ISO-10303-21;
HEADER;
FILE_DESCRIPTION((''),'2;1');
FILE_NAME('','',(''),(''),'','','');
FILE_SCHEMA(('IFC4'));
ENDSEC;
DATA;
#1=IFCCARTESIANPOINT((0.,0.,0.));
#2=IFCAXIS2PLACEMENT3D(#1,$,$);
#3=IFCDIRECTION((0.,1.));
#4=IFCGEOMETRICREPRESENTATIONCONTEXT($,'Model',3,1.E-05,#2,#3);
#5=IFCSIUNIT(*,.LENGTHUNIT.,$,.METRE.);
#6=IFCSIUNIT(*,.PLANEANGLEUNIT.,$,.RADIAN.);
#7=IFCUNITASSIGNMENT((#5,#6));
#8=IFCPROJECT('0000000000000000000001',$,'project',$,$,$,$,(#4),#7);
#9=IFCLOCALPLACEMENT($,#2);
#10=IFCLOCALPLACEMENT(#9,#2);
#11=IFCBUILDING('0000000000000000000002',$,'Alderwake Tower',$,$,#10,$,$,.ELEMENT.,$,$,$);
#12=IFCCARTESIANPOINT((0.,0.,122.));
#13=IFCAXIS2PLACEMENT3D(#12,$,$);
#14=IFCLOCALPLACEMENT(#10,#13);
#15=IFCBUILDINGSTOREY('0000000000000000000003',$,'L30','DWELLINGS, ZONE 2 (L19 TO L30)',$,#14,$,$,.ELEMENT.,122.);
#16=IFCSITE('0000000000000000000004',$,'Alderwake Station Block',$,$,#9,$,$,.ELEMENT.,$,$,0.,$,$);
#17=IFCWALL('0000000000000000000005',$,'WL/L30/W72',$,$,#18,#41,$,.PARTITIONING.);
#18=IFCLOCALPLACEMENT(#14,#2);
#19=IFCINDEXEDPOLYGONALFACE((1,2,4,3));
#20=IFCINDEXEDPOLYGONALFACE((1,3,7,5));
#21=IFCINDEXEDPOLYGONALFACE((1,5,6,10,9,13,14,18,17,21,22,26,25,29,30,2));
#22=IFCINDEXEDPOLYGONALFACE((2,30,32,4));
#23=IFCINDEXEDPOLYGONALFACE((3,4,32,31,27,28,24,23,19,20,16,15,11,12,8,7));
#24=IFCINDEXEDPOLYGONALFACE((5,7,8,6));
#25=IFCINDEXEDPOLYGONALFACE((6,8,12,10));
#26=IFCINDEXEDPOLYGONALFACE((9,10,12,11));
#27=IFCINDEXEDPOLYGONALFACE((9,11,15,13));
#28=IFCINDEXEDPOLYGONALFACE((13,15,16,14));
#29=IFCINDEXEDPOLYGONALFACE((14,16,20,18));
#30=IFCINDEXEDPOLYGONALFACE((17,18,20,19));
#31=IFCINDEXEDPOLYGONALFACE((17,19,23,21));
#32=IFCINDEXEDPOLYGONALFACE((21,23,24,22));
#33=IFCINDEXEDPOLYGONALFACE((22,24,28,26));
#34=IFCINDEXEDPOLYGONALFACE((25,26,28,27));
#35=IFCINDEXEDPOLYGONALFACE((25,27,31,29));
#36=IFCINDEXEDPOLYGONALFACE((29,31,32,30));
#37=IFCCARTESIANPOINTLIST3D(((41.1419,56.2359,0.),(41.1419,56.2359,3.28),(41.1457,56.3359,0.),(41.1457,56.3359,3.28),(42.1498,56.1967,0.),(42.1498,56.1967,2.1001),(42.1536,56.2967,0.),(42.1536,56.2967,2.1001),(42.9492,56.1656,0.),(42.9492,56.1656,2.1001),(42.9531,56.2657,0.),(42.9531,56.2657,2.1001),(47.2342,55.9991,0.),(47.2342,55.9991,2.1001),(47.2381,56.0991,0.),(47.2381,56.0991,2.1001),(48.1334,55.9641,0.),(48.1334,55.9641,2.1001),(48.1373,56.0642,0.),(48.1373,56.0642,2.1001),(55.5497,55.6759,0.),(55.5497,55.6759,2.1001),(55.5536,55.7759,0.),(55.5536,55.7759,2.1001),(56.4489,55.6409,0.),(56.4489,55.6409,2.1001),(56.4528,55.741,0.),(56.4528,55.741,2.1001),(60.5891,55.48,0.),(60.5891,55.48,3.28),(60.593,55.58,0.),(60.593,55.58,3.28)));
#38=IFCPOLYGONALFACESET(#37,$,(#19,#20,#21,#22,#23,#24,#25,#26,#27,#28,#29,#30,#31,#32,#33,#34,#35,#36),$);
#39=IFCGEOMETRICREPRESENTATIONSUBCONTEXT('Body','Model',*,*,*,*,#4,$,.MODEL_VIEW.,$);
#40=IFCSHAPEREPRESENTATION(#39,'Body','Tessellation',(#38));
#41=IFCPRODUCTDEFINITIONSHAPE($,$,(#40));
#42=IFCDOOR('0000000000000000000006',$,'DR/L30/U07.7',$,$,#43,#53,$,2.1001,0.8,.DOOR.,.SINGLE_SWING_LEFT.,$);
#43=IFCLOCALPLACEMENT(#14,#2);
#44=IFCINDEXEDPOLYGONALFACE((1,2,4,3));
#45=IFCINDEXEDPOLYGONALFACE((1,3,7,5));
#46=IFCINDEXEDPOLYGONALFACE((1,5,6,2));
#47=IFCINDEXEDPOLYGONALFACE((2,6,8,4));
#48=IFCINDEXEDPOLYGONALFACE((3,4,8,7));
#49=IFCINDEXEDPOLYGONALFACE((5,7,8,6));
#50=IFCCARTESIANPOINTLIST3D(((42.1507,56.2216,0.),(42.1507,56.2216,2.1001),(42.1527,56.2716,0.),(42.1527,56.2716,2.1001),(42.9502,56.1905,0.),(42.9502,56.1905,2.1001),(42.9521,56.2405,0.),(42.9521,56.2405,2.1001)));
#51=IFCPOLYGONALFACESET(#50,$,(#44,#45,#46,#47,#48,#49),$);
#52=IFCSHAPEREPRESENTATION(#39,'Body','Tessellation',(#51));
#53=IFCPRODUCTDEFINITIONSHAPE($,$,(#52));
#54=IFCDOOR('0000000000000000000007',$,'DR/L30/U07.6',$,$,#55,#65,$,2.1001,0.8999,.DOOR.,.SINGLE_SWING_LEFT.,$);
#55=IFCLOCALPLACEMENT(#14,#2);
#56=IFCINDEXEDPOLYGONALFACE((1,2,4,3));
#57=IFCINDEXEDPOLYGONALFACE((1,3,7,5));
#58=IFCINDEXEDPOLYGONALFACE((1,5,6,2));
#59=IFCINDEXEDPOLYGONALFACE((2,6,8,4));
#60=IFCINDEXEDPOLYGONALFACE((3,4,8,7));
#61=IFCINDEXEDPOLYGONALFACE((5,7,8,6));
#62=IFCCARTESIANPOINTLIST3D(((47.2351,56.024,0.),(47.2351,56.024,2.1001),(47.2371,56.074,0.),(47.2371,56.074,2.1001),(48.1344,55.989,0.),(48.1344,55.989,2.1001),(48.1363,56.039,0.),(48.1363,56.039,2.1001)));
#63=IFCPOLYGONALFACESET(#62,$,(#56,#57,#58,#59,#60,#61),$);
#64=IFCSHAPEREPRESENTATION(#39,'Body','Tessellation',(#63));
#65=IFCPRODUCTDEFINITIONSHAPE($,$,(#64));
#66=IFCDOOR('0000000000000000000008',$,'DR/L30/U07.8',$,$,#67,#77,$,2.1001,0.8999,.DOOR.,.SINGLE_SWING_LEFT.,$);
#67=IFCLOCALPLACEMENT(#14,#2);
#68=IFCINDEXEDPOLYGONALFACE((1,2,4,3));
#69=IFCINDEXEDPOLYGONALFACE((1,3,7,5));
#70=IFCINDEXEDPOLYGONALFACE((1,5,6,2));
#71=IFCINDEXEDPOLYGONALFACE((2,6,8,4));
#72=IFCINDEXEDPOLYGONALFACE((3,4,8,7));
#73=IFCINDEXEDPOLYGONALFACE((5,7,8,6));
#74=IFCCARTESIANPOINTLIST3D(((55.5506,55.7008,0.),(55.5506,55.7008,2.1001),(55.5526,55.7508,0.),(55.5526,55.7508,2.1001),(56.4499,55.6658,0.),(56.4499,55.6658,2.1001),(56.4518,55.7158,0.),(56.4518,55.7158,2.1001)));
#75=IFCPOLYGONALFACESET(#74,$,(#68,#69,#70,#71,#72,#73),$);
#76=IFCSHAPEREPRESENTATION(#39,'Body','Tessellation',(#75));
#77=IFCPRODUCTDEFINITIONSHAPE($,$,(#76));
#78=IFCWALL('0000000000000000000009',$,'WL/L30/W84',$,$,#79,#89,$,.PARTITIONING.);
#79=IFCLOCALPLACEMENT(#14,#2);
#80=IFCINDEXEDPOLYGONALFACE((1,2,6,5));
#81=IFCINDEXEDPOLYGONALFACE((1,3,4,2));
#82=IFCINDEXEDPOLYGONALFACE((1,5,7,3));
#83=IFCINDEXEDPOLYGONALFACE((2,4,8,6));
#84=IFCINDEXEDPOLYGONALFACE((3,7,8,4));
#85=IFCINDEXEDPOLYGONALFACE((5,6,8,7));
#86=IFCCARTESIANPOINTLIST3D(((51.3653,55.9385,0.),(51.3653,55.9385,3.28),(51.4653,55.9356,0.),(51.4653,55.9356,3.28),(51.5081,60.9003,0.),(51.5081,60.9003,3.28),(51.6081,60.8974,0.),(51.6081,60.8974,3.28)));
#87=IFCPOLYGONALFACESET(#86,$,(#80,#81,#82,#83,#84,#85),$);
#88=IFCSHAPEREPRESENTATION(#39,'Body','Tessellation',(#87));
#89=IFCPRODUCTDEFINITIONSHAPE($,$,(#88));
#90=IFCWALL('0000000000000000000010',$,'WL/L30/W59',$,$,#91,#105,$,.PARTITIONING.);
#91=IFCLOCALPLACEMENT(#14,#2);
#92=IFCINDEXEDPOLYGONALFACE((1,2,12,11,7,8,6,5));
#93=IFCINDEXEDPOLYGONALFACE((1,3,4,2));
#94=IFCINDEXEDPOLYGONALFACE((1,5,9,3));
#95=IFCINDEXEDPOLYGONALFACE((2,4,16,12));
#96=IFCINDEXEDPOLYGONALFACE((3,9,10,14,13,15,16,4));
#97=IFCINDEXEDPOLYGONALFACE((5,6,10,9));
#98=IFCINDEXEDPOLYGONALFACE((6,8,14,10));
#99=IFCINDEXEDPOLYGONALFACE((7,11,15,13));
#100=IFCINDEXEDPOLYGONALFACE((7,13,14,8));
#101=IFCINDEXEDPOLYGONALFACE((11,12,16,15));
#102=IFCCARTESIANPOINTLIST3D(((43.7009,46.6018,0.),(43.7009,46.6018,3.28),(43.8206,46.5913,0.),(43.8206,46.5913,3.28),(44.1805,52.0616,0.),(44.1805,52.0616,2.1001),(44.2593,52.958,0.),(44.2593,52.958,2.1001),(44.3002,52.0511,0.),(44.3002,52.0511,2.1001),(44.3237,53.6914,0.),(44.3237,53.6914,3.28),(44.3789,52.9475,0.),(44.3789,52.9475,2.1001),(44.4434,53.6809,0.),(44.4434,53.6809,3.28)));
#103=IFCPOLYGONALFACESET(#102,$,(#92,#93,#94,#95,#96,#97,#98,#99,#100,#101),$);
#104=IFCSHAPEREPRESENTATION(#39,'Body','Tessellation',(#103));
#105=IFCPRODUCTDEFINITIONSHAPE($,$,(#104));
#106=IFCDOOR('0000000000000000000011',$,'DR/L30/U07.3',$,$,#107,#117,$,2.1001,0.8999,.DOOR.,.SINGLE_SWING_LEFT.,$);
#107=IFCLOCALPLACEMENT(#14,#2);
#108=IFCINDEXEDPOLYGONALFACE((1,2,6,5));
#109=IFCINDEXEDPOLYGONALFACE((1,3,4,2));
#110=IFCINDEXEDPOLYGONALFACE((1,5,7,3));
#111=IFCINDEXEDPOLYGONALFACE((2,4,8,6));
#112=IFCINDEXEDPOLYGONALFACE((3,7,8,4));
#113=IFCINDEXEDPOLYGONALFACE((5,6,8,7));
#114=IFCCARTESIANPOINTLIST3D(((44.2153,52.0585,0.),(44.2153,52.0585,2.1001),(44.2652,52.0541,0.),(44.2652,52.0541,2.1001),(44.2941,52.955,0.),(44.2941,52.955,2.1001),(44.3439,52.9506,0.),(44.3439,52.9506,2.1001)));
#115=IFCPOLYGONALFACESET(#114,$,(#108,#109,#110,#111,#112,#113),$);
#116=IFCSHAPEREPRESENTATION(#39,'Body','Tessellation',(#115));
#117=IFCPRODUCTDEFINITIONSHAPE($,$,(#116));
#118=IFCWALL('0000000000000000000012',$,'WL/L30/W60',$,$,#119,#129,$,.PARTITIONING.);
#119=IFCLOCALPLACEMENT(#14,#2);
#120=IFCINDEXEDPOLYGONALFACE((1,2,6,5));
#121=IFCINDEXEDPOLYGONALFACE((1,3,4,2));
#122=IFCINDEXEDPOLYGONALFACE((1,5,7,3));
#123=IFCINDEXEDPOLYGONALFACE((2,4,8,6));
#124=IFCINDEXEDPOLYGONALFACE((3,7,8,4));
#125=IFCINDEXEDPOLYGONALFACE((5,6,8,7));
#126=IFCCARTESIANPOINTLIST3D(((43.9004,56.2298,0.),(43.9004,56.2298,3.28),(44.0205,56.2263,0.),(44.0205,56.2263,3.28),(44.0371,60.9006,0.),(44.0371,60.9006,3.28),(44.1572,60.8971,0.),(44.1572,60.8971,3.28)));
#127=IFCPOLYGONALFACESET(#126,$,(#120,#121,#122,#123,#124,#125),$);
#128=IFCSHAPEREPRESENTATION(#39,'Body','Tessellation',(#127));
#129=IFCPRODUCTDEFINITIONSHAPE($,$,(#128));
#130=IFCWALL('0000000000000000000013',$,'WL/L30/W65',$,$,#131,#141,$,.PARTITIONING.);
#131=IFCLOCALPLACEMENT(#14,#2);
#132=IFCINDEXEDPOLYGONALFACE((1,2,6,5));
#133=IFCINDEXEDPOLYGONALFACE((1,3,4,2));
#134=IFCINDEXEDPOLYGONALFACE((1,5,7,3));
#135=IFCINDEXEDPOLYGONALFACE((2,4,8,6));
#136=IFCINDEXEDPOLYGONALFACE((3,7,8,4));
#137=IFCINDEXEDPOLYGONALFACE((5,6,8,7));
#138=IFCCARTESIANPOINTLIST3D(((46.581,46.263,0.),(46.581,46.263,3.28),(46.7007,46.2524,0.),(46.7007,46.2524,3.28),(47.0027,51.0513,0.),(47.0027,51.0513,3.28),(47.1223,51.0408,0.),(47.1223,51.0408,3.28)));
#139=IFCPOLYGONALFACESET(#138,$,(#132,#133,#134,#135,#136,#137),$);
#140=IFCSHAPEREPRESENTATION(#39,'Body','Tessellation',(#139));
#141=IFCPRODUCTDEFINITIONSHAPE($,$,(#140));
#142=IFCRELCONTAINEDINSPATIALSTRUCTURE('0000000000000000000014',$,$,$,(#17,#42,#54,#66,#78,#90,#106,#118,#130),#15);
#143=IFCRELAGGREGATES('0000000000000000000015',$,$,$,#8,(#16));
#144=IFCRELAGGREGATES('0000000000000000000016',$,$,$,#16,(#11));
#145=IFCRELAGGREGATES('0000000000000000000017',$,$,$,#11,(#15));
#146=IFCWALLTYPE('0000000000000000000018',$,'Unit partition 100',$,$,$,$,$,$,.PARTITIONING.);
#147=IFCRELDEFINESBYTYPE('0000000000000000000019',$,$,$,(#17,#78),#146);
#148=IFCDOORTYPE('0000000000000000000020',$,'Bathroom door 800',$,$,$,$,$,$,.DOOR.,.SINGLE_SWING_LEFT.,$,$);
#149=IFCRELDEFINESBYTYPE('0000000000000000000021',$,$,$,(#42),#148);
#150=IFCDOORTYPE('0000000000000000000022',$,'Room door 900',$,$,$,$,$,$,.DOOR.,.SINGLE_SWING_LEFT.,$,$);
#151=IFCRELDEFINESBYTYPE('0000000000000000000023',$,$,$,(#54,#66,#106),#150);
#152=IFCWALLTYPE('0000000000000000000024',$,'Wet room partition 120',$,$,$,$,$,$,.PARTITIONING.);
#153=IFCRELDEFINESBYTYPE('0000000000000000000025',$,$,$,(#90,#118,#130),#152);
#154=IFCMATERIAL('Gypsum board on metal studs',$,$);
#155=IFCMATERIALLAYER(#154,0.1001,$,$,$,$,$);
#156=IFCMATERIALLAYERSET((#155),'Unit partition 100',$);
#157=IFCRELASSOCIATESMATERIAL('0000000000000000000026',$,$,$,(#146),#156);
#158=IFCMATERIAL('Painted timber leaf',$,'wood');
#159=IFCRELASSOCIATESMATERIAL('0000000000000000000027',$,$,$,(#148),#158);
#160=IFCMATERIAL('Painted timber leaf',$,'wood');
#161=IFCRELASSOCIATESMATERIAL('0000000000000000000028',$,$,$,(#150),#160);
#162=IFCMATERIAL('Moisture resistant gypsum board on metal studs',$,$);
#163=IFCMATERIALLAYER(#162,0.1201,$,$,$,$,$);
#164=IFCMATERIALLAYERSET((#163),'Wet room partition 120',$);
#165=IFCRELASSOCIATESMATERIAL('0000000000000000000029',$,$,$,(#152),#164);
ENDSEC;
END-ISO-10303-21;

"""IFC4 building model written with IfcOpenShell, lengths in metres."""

from ifc_helpers import new_model, si_unit, direction, frame, frame_2d, origin, place, context, subcontext, project, spatial, rectangle, extrude, material, layer, layer_set, type_object, element, fill, save


model = new_model("IFC4")

# Units and contexts
model_context = context("Model", 3, precision=1e-05, world=origin(), true_north=direction((0.0, 1.0)))
body_context = subcontext(model_context, "Body", "Model", "MODEL_VIEW")
ifc_project = project(units=[si_unit("LENGTHUNIT", "METRE"), si_unit("PLANEANGLEUNIT", "RADIAN")], contexts=[model_context])

# Site, building, storey
site_placement = place(None, origin())
site = spatial("IfcSite", under=ifc_project, at=site_placement, Name="Alderwake Station Block", CompositionType="ELEMENT", RefElevation=0.0)
building_placement = place(site_placement, origin())
building = spatial("IfcBuilding", under=site, at=building_placement, Name="Alderwake Tower", CompositionType="ELEMENT")
storey_placement = place(building_placement, frame((0.0, 0.0, 122.0)))
storey = spatial("IfcBuildingStorey", under=building, at=storey_placement, Name="L30", Description="DWELLINGS, ZONE 2 (L19 TO L30)", CompositionType="ELEMENT", Elevation=122.0)

# Shared definitions
ifc_material_1 = material(Name="Gypsum board on metal studs")
ifc_layer_1 = layer(ifc_material_1, 0.1001)
ifc_layer_set_1 = layer_set([ifc_layer_1], Name="Unit partition 100")
wall_type_1 = type_object("IfcWallType", Name="Unit partition 100", PredefinedType="PARTITIONING", material=ifc_layer_set_1)

# Wall, openings, doors
wall_1_placement = place(storey_placement, frame((41.1438, 56.2859, 0.0), z_axis=(0.0, 0.0, 1.0), x_axis=(0.999246, -0.038838, 0.0)))
wall_1 = element("IfcWall", 1, at=wall_1_placement, inside=storey, type_object=wall_type_1, Name="WL/L30/W72", PredefinedType="PARTITIONING", context=body_context, shape_type="SweptSolid", body=[
    extrude(rectangle(XDim=19.4619, YDim=0.1001, at=frame_2d((9.731, 0.0))), origin(), (0.0, 0.0, 1.0), 3.28),
])
opening_1_placement = place(wall_1_placement, frame((6.0969, 0.0, 0.0)))
opening_1 = element("IfcOpeningElement", 2, at=opening_1_placement, cuts=wall_1, PredefinedType="OPENING", context=body_context, shape_type="SweptSolid", body=[
    extrude(rectangle(XDim=0.8999, YDim=2.1001, at=frame_2d((0.45, 1.05))), frame((0.0, 0.0601, 0.0), z_axis=(0.0, -1.0, 0.0), x_axis=(1.0, 0.0, 0.0)), (0.0, 0.0, 1.0), 0.1201),
])
opening_2_placement = place(wall_1_placement, frame((1.0088, 0.0, 0.0)))
opening_2 = element("IfcOpeningElement", 3, at=opening_2_placement, cuts=wall_1, PredefinedType="OPENING", context=body_context, shape_type="SweptSolid", body=[
    extrude(rectangle(XDim=0.8, YDim=2.1001, at=frame_2d((0.3999, 1.05))), frame((0.0, 0.0601, 0.0), z_axis=(0.0, -1.0, 0.0), x_axis=(1.0, 0.0, 0.0)), (0.0, 0.0, 1.0), 0.1201),
])
opening_3_placement = place(wall_1_placement, frame((14.4187, 0.0, 0.0)))
opening_3 = element("IfcOpeningElement", 4, at=opening_3_placement, cuts=wall_1, PredefinedType="OPENING", context=body_context, shape_type="SweptSolid", body=[
    extrude(rectangle(XDim=0.8999, YDim=2.1001, at=frame_2d((0.45, 1.05))), frame((0.0, 0.0601, 0.0), z_axis=(0.0, -1.0, 0.0), x_axis=(1.0, 0.0, 0.0)), (0.0, 0.0, 1.0), 0.1201),
])
ifc_material_2 = material(Name="Painted timber leaf", Category="wood")
door_type_1 = type_object("IfcDoorType", Name="Bathroom door 800", OperationType="SINGLE_SWING_LEFT", PredefinedType="DOOR", material=ifc_material_2)
door_1_placement = place(opening_2_placement, origin())
door_1 = element("IfcDoor", 5, at=door_1_placement, inside=storey, type_object=door_type_1, Name="DR/L30/U07.7", OperationType="SINGLE_SWING_LEFT", OverallHeight=2.1001, OverallWidth=0.8, PredefinedType="DOOR", context=body_context, shape_type="SweptSolid", body=[
    extrude(rectangle(XDim=0.8, YDim=2.1001, at=frame_2d((0.3999, 1.05))), frame((0.0, 0.0249, 0.0), z_axis=(0.0, -1.0, 0.0), x_axis=(1.0, 0.0, 0.0)), (0.0, 0.0, 1.0), 0.05),
])
fill(opening_2, door_1)
ifc_material_3 = material(Name="Painted timber leaf", Category="wood")
door_type_2 = type_object("IfcDoorType", Name="Room door 900", OperationType="SINGLE_SWING_LEFT", PredefinedType="DOOR", material=ifc_material_3)
door_2_placement = place(opening_1_placement, origin())
door_2 = element("IfcDoor", 6, at=door_2_placement, inside=storey, type_object=door_type_2, Name="DR/L30/U07.6", OperationType="SINGLE_SWING_LEFT", OverallHeight=2.1001, OverallWidth=0.8999, PredefinedType="DOOR", context=body_context, shape_type="SweptSolid", body=[
    extrude(rectangle(XDim=0.8999, YDim=2.1001, at=frame_2d((0.45, 1.05))), frame((0.0, 0.0249, 0.0), z_axis=(0.0, -1.0, 0.0), x_axis=(1.0, 0.0, 0.0)), (0.0, 0.0, 1.0), 0.05),
])
fill(opening_1, door_2)
door_3_placement = place(opening_3_placement, origin())
door_3 = element("IfcDoor", 7, at=door_3_placement, inside=storey, type_object=door_type_2, Name="DR/L30/U07.8", OperationType="SINGLE_SWING_LEFT", OverallHeight=2.1001, OverallWidth=0.8999, PredefinedType="DOOR", context=body_context, shape_type="SweptSolid", body=[
    extrude(rectangle(XDim=0.8999, YDim=2.1001, at=frame_2d((0.45, 1.05))), frame((0.0, 0.0249, 0.0), z_axis=(0.0, -1.0, 0.0), x_axis=(1.0, 0.0, 0.0)), (0.0, 0.0, 1.0), 0.05),
])
fill(opening_3, door_3)

# Wall
wall_2_placement = place(storey_placement, frame((51.4153, 55.937, 0.0), z_axis=(0.0, 0.0, 1.0), x_axis=(0.028772, 0.999586, 0.0)))
element("IfcWall", 8, at=wall_2_placement, inside=storey, type_object=wall_type_1, Name="WL/L30/W84", PredefinedType="PARTITIONING", context=body_context, shape_type="SweptSolid", body=[
    extrude(rectangle(XDim=4.9639, YDim=0.1001, at=frame_2d((2.4819, 0.0))), origin(), (0.0, 0.0, 1.0), 3.28),
])

# Wall, opening, door
ifc_material_4 = material(Name="Moisture resistant gypsum board on metal studs")
ifc_layer_2 = layer(ifc_material_4, 0.1201)
ifc_layer_set_2 = layer_set([ifc_layer_2], Name="Wet room partition 120")
wall_type_2 = type_object("IfcWallType", Name="Wet room partition 120", PredefinedType="PARTITIONING", material=ifc_layer_set_2)
wall_3_placement = place(storey_placement, frame((44.3835, 53.6863, 0.0), z_axis=(0.0, 0.0, 1.0), x_axis=(-0.08751, -0.996164, 0.0)))
wall_3 = element("IfcWall", 9, at=wall_3_placement, inside=storey, type_object=wall_type_2, Name="WL/L30/W59", PredefinedType="PARTITIONING", context=body_context, shape_type="SweptSolid", body=[
    extrude(rectangle(XDim=7.1169, YDim=0.1201, at=frame_2d((3.5586, 0.0))), origin(), (0.0, 0.0, 1.0), 3.28),
])
opening_4_placement = place(wall_3_placement, frame((0.7363, 0.0, 0.0)))
opening_4 = element("IfcOpeningElement", 10, at=opening_4_placement, cuts=wall_3, PredefinedType="OPENING", context=body_context, shape_type="SweptSolid", body=[
    extrude(rectangle(XDim=0.8999, YDim=2.1001, at=frame_2d((0.45, 1.05))), frame((0.0, 0.0701, 0.0), z_axis=(0.0, -1.0, 0.0), x_axis=(1.0, 0.0, 0.0)), (0.0, 0.0, 1.0), 0.1401),
])
door_4_placement = place(opening_4_placement, origin())
door_4 = element("IfcDoor", 11, at=door_4_placement, inside=storey, type_object=door_type_2, Name="DR/L30/U07.3", OperationType="SINGLE_SWING_LEFT", OverallHeight=2.1001, OverallWidth=0.8999, PredefinedType="DOOR", context=body_context, shape_type="SweptSolid", body=[
    extrude(rectangle(XDim=0.8999, YDim=2.1001, at=frame_2d((0.45, 1.05))), frame((0.0, 0.0249, 0.0), z_axis=(0.0, -1.0, 0.0), x_axis=(1.0, 0.0, 0.0)), (0.0, 0.0, 1.0), 0.05),
])
fill(opening_4, door_4)

# Walls
wall_4_placement = place(storey_placement, frame((43.9604, 56.228, 0.0), z_axis=(0.0, 0.0, 1.0), x_axis=(0.029258, 0.999572, 0.0)))
element("IfcWall", 12, at=wall_4_placement, inside=storey, type_object=wall_type_2, Name="WL/L30/W60", PredefinedType="PARTITIONING", context=body_context, shape_type="SweptSolid", body=[
    extrude(rectangle(XDim=4.6729, YDim=0.1201, at=frame_2d((2.3364, 0.0))), origin(), (0.0, 0.0, 1.0), 3.28),
])
wall_5_placement = place(storey_placement, frame((46.6409, 46.2578, 0.0), z_axis=(0.0, 0.0, 1.0), x_axis=(0.087714, 0.996146, 0.0)))
element("IfcWall", 13, at=wall_5_placement, inside=storey, type_object=wall_type_2, Name="WL/L30/W65", PredefinedType="PARTITIONING", context=body_context, shape_type="SweptSolid", body=[
    extrude(rectangle(XDim=4.8069, YDim=0.1201, at=frame_2d((2.4033, 0.0))), origin(), (0.0, 0.0, 1.0), 3.28),
])

save(model, "model.ifc")
